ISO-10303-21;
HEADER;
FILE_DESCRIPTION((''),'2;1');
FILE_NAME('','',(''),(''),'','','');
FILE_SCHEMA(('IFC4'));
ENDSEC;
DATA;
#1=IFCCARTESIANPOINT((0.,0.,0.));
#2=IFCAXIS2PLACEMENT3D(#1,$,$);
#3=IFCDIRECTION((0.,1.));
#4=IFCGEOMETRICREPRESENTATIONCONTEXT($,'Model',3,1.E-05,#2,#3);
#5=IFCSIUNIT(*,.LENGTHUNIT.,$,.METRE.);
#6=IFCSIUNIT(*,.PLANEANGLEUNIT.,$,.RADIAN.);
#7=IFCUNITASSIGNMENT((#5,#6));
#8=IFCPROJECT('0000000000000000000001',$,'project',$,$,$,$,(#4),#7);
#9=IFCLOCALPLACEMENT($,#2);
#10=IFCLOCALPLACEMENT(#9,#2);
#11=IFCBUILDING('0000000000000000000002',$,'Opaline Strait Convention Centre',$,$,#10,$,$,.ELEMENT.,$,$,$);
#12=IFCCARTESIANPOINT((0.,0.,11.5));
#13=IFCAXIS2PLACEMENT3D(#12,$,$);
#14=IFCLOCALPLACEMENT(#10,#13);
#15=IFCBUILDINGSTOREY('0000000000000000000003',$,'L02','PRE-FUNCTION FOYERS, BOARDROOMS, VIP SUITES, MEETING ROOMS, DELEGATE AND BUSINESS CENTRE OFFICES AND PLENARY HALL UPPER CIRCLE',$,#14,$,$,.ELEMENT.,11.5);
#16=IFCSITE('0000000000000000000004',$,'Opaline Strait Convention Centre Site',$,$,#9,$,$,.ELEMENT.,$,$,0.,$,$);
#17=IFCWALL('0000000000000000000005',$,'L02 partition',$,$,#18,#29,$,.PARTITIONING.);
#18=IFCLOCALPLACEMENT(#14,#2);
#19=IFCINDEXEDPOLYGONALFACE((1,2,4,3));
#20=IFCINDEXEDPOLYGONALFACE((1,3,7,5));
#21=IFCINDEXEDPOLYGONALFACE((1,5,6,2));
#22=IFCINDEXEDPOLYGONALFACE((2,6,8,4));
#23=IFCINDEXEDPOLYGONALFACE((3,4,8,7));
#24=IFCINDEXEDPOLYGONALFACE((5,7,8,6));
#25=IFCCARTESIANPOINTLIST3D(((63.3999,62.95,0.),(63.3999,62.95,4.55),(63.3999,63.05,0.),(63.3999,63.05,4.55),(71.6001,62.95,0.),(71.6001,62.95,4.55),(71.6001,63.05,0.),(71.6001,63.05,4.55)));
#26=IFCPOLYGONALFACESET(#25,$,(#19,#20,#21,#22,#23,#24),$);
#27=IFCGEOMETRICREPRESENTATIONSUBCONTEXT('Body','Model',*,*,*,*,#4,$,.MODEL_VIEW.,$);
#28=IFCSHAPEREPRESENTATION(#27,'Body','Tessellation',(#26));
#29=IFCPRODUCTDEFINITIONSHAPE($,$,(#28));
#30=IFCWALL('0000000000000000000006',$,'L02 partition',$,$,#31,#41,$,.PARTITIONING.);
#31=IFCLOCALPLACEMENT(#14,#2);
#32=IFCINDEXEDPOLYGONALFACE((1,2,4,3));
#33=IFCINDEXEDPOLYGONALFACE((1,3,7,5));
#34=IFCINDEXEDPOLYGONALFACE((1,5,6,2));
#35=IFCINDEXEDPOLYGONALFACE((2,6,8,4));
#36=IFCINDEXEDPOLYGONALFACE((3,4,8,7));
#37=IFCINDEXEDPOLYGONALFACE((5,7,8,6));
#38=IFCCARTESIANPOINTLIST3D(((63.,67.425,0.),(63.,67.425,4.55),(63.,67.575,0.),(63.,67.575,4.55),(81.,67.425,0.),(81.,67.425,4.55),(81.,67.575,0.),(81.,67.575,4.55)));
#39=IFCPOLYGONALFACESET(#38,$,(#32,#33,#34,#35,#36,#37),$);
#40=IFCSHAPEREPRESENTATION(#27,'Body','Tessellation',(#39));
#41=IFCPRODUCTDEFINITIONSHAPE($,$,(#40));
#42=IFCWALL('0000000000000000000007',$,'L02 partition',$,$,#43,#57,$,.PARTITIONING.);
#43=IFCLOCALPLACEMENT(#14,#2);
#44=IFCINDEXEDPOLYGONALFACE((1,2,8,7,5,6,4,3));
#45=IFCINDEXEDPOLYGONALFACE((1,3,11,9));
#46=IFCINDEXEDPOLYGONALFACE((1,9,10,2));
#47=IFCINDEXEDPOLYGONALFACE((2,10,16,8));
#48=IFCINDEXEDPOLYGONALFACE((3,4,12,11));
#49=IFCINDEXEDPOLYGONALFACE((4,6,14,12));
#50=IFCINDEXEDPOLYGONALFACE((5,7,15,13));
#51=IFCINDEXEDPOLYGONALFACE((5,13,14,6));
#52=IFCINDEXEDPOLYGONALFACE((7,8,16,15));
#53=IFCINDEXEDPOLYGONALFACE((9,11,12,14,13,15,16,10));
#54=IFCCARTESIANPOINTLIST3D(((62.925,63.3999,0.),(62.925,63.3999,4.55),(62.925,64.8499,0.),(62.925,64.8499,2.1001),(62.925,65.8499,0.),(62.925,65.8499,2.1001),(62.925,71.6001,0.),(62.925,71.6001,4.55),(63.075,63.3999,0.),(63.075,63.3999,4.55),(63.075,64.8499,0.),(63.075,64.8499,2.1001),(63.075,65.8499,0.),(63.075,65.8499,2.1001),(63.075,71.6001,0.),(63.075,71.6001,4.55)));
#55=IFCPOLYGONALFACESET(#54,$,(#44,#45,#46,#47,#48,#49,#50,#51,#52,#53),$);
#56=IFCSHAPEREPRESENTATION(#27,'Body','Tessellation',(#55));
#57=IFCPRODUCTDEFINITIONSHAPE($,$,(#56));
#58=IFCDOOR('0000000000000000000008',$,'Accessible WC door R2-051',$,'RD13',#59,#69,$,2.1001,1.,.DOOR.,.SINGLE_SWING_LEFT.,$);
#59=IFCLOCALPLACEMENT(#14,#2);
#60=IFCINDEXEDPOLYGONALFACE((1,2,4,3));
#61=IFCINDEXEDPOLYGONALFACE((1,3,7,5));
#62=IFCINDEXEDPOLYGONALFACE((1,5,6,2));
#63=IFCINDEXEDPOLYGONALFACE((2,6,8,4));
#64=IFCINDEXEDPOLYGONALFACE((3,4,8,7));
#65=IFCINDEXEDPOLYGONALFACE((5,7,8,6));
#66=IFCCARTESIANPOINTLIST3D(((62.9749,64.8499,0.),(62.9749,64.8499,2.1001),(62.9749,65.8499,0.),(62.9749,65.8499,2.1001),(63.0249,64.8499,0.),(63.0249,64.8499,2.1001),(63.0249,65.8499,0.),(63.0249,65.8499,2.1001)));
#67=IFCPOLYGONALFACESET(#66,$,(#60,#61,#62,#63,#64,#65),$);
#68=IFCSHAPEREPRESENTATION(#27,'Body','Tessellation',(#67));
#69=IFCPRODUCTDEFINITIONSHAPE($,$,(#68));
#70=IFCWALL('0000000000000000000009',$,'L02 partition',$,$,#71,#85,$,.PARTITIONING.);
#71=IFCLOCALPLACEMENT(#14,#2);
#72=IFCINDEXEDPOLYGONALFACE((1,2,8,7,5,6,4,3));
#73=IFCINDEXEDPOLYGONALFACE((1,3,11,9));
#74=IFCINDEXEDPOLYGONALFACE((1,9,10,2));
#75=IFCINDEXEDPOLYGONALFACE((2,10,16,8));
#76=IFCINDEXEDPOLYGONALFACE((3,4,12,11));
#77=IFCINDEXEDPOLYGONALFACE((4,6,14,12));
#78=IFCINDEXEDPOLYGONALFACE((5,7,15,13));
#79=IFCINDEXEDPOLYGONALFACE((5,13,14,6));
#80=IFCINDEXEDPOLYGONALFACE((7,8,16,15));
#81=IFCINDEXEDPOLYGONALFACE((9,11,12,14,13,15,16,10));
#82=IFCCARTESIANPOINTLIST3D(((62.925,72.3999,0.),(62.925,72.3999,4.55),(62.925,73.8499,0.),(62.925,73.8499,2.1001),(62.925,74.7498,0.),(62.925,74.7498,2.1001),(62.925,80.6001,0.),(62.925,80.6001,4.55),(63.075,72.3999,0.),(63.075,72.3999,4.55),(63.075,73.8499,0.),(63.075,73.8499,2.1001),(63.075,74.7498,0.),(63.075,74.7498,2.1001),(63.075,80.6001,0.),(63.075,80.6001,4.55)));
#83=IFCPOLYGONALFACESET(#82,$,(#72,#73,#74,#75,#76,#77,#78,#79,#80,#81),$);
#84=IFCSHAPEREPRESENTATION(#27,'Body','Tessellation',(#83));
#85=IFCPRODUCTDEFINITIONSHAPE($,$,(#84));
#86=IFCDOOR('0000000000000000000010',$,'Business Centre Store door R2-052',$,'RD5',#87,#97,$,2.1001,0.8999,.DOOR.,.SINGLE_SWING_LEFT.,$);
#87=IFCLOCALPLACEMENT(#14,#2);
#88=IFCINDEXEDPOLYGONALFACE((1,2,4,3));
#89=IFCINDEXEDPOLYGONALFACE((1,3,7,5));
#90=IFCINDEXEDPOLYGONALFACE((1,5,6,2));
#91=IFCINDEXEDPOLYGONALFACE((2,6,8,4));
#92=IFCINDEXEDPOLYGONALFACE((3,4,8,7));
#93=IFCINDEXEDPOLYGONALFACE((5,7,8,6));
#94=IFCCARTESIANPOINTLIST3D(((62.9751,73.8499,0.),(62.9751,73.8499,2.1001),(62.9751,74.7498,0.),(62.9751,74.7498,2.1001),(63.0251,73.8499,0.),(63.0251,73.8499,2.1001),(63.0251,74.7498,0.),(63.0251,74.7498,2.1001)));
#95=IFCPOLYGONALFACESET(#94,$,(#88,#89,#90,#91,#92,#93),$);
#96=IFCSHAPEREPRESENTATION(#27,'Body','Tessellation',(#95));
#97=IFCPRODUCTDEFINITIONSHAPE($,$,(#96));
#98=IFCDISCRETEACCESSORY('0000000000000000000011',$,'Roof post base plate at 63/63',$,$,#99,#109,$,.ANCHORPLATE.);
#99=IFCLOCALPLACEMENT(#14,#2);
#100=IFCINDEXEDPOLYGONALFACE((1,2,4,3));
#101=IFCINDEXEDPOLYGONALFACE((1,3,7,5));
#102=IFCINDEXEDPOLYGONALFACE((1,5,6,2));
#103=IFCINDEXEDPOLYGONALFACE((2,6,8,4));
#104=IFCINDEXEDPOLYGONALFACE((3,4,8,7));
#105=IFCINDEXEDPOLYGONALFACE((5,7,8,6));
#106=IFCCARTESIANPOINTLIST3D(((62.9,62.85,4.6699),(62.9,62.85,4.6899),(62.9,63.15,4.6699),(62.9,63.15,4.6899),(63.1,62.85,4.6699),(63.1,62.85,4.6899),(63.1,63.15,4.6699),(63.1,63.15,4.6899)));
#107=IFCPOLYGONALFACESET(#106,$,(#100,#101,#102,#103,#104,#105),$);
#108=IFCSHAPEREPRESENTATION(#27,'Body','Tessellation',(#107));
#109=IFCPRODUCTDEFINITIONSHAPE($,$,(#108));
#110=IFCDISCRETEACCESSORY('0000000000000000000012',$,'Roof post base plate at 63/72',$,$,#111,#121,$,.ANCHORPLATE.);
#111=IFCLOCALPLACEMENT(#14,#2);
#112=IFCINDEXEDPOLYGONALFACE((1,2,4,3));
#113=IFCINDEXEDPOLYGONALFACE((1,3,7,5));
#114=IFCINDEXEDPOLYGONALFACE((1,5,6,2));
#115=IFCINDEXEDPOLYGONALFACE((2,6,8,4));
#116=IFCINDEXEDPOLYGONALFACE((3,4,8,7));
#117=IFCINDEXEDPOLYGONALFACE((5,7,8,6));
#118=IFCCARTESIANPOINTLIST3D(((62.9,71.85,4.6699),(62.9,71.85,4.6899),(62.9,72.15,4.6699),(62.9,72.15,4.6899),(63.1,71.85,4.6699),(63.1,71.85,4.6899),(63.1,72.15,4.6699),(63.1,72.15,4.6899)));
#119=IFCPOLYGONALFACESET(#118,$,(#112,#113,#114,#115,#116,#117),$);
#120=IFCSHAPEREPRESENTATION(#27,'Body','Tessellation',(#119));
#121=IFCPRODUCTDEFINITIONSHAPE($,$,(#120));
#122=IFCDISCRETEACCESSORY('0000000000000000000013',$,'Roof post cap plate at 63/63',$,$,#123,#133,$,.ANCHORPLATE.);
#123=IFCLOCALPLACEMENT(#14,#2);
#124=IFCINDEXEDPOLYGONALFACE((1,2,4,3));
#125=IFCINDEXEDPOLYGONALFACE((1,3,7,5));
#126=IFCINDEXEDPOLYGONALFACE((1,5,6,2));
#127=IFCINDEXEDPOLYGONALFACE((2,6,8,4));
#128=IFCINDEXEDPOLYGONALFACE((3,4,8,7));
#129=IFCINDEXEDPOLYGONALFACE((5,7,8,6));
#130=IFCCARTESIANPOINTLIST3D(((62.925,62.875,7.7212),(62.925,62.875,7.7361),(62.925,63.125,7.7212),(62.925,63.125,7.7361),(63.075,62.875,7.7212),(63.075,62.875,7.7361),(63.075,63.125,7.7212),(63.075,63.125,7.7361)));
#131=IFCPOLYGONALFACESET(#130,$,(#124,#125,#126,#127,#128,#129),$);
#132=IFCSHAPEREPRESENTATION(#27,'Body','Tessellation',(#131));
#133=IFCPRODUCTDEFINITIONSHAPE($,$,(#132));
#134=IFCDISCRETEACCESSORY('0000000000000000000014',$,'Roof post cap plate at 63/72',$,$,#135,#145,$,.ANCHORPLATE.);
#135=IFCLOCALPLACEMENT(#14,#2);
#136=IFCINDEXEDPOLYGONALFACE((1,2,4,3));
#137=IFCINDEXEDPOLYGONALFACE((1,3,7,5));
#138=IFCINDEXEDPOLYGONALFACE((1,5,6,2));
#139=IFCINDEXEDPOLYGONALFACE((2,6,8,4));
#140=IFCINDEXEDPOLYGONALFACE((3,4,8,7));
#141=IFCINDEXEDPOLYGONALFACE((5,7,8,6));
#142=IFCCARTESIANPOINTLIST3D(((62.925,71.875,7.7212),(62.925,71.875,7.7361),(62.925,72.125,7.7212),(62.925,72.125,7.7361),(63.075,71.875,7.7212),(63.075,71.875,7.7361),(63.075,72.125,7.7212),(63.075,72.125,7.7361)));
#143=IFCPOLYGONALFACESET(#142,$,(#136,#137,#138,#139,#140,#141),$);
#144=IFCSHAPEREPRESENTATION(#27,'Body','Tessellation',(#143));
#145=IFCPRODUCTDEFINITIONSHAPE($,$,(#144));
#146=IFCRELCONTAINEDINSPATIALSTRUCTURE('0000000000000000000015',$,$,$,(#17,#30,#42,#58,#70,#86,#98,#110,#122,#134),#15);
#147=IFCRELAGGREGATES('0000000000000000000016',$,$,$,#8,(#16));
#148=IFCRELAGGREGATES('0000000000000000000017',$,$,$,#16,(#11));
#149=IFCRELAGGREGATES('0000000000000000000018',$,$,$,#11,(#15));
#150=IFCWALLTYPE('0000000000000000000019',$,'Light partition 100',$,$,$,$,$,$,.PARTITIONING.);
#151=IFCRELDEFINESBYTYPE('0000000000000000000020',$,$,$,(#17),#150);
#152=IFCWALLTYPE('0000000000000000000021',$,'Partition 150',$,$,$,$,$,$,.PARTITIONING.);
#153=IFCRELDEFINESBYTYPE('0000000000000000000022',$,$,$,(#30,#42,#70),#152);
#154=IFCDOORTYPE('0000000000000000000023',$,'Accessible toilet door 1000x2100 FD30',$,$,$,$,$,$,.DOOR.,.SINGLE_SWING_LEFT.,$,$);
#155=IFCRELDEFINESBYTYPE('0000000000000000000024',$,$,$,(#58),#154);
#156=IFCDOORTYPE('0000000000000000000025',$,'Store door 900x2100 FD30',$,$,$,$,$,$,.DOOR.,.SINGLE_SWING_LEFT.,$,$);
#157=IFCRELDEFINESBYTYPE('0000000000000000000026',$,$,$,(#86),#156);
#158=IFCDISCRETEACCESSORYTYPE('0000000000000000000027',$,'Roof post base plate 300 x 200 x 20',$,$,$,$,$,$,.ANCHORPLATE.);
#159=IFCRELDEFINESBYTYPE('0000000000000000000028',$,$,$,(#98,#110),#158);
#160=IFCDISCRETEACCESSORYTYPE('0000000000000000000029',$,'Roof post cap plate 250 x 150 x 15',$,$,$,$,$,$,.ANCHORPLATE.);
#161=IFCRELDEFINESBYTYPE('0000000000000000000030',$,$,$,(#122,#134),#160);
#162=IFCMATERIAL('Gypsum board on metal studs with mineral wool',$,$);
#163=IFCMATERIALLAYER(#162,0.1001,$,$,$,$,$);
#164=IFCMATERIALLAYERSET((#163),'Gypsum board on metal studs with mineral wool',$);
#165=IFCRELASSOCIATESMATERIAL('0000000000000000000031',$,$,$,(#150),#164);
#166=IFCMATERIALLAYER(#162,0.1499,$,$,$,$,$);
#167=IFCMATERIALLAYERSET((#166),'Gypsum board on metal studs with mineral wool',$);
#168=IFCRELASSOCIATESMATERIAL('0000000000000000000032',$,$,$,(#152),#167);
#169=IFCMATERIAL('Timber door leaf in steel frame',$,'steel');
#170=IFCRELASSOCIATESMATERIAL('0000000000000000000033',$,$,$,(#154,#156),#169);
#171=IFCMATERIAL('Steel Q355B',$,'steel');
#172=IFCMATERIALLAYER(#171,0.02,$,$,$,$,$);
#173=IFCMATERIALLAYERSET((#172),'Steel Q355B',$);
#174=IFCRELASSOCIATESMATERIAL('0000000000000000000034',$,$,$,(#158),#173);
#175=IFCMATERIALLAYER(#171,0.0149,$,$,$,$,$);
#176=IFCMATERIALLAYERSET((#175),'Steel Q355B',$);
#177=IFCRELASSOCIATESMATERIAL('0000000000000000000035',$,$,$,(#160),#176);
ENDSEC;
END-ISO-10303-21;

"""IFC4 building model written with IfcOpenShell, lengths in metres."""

from ifc_helpers import new_model, si_unit, direction, frame, frame_2d, origin, origin_2d, place, context, subcontext, project, spatial, rectangle, extrude, material, layer, layer_set, type_object, element, fill, save


model = new_model("IFC4")

# Units and contexts
model_context = context("Model", 3, precision=1e-05, world=origin(), true_north=direction((0.0, 1.0)))
body_context = subcontext(model_context, "Body", "Model", "MODEL_VIEW")
ifc_project = project(units=[si_unit("LENGTHUNIT", "METRE"), si_unit("PLANEANGLEUNIT", "RADIAN")], contexts=[model_context])

# Site, building, storey
site_placement = place(None, origin())
site = spatial("IfcSite", under=ifc_project, at=site_placement, Name="Opaline Strait Convention Centre Site", CompositionType="ELEMENT", RefElevation=0.0)
building_placement = place(site_placement, origin())
building = spatial("IfcBuilding", under=site, at=building_placement, Name="Opaline Strait Convention Centre", CompositionType="ELEMENT")
storey_placement = place(building_placement, frame((0.0, 0.0, 11.5)))
storey = spatial("IfcBuildingStorey", under=building, at=storey_placement, Name="L02", Description="PRE-FUNCTION FOYERS, BOARDROOMS, VIP SUITES, MEETING ROOMS, DELEGATE AND BUSINESS CENTRE OFFICES AND PLENARY HALL UPPER CIRCLE", CompositionType="ELEMENT", Elevation=11.5)

# Shared definitions
ifc_material_1 = material(Name="Steel Q355B", Category="steel")

# Walls
ifc_material_2 = material(Name="Gypsum board on metal studs with mineral wool")
ifc_layer_1 = layer(ifc_material_2, 0.1001)
ifc_layer_set_1 = layer_set([ifc_layer_1], Name="Gypsum board on metal studs with mineral wool")
wall_type_1 = type_object("IfcWallType", Name="Light partition 100", PredefinedType="PARTITIONING", material=ifc_layer_set_1)
wall_1_placement = place(storey_placement, frame((63.3999, 63.0, 0.0), z_axis=(0.0, 0.0, 1.0), x_axis=(1.0, 0.0, 0.0)))
element("IfcWall", 1, at=wall_1_placement, inside=storey, type_object=wall_type_1, Name="L02 partition", PredefinedType="PARTITIONING", context=body_context, shape_type="SweptSolid", body=[
    extrude(rectangle(XDim=8.2002, YDim=0.1001, at=frame_2d((4.1001, 0.0))), origin(), (0.0, 0.0, 1.0), 4.55),
])
ifc_layer_2 = layer(ifc_material_2, 0.1499)
ifc_layer_set_2 = layer_set([ifc_layer_2], Name="Gypsum board on metal studs with mineral wool")
wall_type_2 = type_object("IfcWallType", Name="Partition 150", PredefinedType="PARTITIONING", material=ifc_layer_set_2)
wall_2_placement = place(storey_placement, frame((63.0, 67.5, 0.0), z_axis=(0.0, 0.0, 1.0), x_axis=(1.0, 0.0, 0.0)))
element("IfcWall", 2, at=wall_2_placement, inside=storey, type_object=wall_type_2, Name="L02 partition", PredefinedType="PARTITIONING", context=body_context, shape_type="SweptSolid", body=[
    extrude(rectangle(XDim=18.0, YDim=0.1499, at=frame_2d((9.0, 0.0))), origin(), (0.0, 0.0, 1.0), 4.55),
])

# Walls, openings, doors
wall_3_placement = place(storey_placement, frame((63.0, 63.3999, 0.0), z_axis=(0.0, 0.0, 1.0), x_axis=(0.0, 1.0, 0.0)))
wall_3 = element("IfcWall", 3, at=wall_3_placement, inside=storey, type_object=wall_type_2, Name="L02 partition", PredefinedType="PARTITIONING", context=body_context, shape_type="SweptSolid", body=[
    extrude(rectangle(XDim=8.2002, YDim=0.1499, at=frame_2d((4.1001, 0.0))), origin(), (0.0, 0.0, 1.0), 4.55),
])
opening_1_placement = place(wall_3_placement, frame((1.45, 0.0, 0.0)))
opening_1 = element("IfcOpeningElement", 4, at=opening_1_placement, cuts=wall_3, PredefinedType="OPENING", context=body_context, shape_type="SweptSolid", body=[
    extrude(rectangle(XDim=1.0, YDim=2.1001, at=frame_2d((0.5, 1.05))), frame((0.0, 0.085, 0.0), z_axis=(0.0, -1.0, 0.0), x_axis=(1.0, 0.0, 0.0)), (0.0, 0.0, 1.0), 0.1699),
])
ifc_material_3 = material(Name="Timber door leaf in steel frame", Category="steel")
door_type_1 = type_object("IfcDoorType", Name="Accessible toilet door 1000x2100 FD30", OperationType="SINGLE_SWING_LEFT", PredefinedType="DOOR", material=ifc_material_3)
door_1_placement = place(opening_1_placement, frame((1.0, 0.0, 0.0), z_axis=(0.0, 0.0, 1.0), x_axis=(-1.0, 0.0, 0.0)))
door_1 = element("IfcDoor", 5, at=door_1_placement, inside=storey, type_object=door_type_1, Name="Accessible WC door R2-051", ObjectType="RD13", OperationType="SINGLE_SWING_LEFT", OverallHeight=2.1001, OverallWidth=1.0, PredefinedType="DOOR", context=body_context, shape_type="SweptSolid", body=[
    extrude(rectangle(XDim=1.0, YDim=2.1001, at=frame_2d((0.5, 1.05))), frame((0.0, 0.0249, 0.0), z_axis=(0.0, -1.0, 0.0), x_axis=(1.0, 0.0, 0.0)), (0.0, 0.0, 1.0), 0.05),
])
fill(opening_1, door_1)
wall_4_placement = place(storey_placement, frame((63.0, 72.3999, 0.0), z_axis=(0.0, 0.0, 1.0), x_axis=(0.0, 1.0, 0.0)))
wall_4 = element("IfcWall", 6, at=wall_4_placement, inside=storey, type_object=wall_type_2, Name="L02 partition", PredefinedType="PARTITIONING", context=body_context, shape_type="SweptSolid", body=[
    extrude(rectangle(XDim=8.2002, YDim=0.1499, at=frame_2d((4.1001, 0.0))), origin(), (0.0, 0.0, 1.0), 4.55),
])
opening_2_placement = place(wall_4_placement, frame((1.45, 0.0, 0.0)))
opening_2 = element("IfcOpeningElement", 7, at=opening_2_placement, cuts=wall_4, PredefinedType="OPENING", context=body_context, shape_type="SweptSolid", body=[
    extrude(rectangle(XDim=0.8999, YDim=2.1001, at=frame_2d((0.45, 1.05))), frame((0.0, 0.085, 0.0), z_axis=(0.0, -1.0, 0.0), x_axis=(1.0, 0.0, 0.0)), (0.0, 0.0, 1.0), 0.1699),
])
door_type_2 = type_object("IfcDoorType", Name="Store door 900x2100 FD30", OperationType="SINGLE_SWING_LEFT", PredefinedType="DOOR", material=ifc_material_3)
door_2_placement = place(opening_2_placement, origin())
door_2 = element("IfcDoor", 8, at=door_2_placement, inside=storey, type_object=door_type_2, Name="Business Centre Store door R2-052", ObjectType="RD5", OperationType="SINGLE_SWING_LEFT", OverallHeight=2.1001, OverallWidth=0.8999, PredefinedType="DOOR", context=body_context, shape_type="SweptSolid", body=[
    extrude(rectangle(XDim=0.8999, YDim=2.1001, at=frame_2d((0.45, 1.05))), frame((0.0, 0.0249, 0.0), z_axis=(0.0, -1.0, 0.0), x_axis=(1.0, 0.0, 0.0)), (0.0, 0.0, 1.0), 0.05),
])
fill(opening_2, door_2)

# Discrete accessories
ifc_layer_3 = layer(ifc_material_1, 0.02)
ifc_layer_set_3 = layer_set([ifc_layer_3], Name="Steel Q355B")
discrete_accessory_type_1 = type_object("IfcDiscreteAccessoryType", Name="Roof post base plate 300 x 200 x 20", PredefinedType="ANCHORPLATE", material=ifc_layer_set_3)
for number, where, z_axis, x_axis, name in (
    (9, (63.0, 63.0, 4.6699), (0.0, 0.0, 1.0), (1.0, 0.0, 0.0), "Roof post base plate at 63/63"),
    (10, (63.0, 72.0, 4.6699), (0.0, 0.0, 1.0), (1.0, 0.0, 0.0), "Roof post base plate at 63/72"),
):
    element("IfcDiscreteAccessory", number, at=place(storey_placement, frame(where, z_axis=z_axis, x_axis=x_axis)), inside=storey, type_object=discrete_accessory_type_1, Name=name, PredefinedType="ANCHORPLATE", context=body_context, shape_type="SweptSolid", body=[
        extrude(rectangle(XDim=0.2, YDim=0.3, at=origin_2d()), origin(), (0.0, 0.0, 1.0), 0.02),
    ])
ifc_layer_4 = layer(ifc_material_1, 0.0149)
ifc_layer_set_4 = layer_set([ifc_layer_4], Name="Steel Q355B")
discrete_accessory_type_2 = type_object("IfcDiscreteAccessoryType", Name="Roof post cap plate 250 x 150 x 15", PredefinedType="ANCHORPLATE", material=ifc_layer_set_4)
for number, where, z_axis, x_axis, name in (
    (11, (63.0, 63.0, 7.7212), (0.0, 0.0, 1.0), (1.0, 0.0, 0.0), "Roof post cap plate at 63/63"),
    (12, (63.0, 72.0, 7.7212), (0.0, 0.0, 1.0), (1.0, 0.0, 0.0), "Roof post cap plate at 63/72"),
):
    element("IfcDiscreteAccessory", number, at=place(storey_placement, frame(where, z_axis=z_axis, x_axis=x_axis)), inside=storey, type_object=discrete_accessory_type_2, Name=name, PredefinedType="ANCHORPLATE", context=body_context, shape_type="SweptSolid", body=[
        extrude(rectangle(XDim=0.1499, YDim=0.25, at=origin_2d()), origin(), (0.0, 0.0, 1.0), 0.0149),
    ])

save(model, "model.ifc")
